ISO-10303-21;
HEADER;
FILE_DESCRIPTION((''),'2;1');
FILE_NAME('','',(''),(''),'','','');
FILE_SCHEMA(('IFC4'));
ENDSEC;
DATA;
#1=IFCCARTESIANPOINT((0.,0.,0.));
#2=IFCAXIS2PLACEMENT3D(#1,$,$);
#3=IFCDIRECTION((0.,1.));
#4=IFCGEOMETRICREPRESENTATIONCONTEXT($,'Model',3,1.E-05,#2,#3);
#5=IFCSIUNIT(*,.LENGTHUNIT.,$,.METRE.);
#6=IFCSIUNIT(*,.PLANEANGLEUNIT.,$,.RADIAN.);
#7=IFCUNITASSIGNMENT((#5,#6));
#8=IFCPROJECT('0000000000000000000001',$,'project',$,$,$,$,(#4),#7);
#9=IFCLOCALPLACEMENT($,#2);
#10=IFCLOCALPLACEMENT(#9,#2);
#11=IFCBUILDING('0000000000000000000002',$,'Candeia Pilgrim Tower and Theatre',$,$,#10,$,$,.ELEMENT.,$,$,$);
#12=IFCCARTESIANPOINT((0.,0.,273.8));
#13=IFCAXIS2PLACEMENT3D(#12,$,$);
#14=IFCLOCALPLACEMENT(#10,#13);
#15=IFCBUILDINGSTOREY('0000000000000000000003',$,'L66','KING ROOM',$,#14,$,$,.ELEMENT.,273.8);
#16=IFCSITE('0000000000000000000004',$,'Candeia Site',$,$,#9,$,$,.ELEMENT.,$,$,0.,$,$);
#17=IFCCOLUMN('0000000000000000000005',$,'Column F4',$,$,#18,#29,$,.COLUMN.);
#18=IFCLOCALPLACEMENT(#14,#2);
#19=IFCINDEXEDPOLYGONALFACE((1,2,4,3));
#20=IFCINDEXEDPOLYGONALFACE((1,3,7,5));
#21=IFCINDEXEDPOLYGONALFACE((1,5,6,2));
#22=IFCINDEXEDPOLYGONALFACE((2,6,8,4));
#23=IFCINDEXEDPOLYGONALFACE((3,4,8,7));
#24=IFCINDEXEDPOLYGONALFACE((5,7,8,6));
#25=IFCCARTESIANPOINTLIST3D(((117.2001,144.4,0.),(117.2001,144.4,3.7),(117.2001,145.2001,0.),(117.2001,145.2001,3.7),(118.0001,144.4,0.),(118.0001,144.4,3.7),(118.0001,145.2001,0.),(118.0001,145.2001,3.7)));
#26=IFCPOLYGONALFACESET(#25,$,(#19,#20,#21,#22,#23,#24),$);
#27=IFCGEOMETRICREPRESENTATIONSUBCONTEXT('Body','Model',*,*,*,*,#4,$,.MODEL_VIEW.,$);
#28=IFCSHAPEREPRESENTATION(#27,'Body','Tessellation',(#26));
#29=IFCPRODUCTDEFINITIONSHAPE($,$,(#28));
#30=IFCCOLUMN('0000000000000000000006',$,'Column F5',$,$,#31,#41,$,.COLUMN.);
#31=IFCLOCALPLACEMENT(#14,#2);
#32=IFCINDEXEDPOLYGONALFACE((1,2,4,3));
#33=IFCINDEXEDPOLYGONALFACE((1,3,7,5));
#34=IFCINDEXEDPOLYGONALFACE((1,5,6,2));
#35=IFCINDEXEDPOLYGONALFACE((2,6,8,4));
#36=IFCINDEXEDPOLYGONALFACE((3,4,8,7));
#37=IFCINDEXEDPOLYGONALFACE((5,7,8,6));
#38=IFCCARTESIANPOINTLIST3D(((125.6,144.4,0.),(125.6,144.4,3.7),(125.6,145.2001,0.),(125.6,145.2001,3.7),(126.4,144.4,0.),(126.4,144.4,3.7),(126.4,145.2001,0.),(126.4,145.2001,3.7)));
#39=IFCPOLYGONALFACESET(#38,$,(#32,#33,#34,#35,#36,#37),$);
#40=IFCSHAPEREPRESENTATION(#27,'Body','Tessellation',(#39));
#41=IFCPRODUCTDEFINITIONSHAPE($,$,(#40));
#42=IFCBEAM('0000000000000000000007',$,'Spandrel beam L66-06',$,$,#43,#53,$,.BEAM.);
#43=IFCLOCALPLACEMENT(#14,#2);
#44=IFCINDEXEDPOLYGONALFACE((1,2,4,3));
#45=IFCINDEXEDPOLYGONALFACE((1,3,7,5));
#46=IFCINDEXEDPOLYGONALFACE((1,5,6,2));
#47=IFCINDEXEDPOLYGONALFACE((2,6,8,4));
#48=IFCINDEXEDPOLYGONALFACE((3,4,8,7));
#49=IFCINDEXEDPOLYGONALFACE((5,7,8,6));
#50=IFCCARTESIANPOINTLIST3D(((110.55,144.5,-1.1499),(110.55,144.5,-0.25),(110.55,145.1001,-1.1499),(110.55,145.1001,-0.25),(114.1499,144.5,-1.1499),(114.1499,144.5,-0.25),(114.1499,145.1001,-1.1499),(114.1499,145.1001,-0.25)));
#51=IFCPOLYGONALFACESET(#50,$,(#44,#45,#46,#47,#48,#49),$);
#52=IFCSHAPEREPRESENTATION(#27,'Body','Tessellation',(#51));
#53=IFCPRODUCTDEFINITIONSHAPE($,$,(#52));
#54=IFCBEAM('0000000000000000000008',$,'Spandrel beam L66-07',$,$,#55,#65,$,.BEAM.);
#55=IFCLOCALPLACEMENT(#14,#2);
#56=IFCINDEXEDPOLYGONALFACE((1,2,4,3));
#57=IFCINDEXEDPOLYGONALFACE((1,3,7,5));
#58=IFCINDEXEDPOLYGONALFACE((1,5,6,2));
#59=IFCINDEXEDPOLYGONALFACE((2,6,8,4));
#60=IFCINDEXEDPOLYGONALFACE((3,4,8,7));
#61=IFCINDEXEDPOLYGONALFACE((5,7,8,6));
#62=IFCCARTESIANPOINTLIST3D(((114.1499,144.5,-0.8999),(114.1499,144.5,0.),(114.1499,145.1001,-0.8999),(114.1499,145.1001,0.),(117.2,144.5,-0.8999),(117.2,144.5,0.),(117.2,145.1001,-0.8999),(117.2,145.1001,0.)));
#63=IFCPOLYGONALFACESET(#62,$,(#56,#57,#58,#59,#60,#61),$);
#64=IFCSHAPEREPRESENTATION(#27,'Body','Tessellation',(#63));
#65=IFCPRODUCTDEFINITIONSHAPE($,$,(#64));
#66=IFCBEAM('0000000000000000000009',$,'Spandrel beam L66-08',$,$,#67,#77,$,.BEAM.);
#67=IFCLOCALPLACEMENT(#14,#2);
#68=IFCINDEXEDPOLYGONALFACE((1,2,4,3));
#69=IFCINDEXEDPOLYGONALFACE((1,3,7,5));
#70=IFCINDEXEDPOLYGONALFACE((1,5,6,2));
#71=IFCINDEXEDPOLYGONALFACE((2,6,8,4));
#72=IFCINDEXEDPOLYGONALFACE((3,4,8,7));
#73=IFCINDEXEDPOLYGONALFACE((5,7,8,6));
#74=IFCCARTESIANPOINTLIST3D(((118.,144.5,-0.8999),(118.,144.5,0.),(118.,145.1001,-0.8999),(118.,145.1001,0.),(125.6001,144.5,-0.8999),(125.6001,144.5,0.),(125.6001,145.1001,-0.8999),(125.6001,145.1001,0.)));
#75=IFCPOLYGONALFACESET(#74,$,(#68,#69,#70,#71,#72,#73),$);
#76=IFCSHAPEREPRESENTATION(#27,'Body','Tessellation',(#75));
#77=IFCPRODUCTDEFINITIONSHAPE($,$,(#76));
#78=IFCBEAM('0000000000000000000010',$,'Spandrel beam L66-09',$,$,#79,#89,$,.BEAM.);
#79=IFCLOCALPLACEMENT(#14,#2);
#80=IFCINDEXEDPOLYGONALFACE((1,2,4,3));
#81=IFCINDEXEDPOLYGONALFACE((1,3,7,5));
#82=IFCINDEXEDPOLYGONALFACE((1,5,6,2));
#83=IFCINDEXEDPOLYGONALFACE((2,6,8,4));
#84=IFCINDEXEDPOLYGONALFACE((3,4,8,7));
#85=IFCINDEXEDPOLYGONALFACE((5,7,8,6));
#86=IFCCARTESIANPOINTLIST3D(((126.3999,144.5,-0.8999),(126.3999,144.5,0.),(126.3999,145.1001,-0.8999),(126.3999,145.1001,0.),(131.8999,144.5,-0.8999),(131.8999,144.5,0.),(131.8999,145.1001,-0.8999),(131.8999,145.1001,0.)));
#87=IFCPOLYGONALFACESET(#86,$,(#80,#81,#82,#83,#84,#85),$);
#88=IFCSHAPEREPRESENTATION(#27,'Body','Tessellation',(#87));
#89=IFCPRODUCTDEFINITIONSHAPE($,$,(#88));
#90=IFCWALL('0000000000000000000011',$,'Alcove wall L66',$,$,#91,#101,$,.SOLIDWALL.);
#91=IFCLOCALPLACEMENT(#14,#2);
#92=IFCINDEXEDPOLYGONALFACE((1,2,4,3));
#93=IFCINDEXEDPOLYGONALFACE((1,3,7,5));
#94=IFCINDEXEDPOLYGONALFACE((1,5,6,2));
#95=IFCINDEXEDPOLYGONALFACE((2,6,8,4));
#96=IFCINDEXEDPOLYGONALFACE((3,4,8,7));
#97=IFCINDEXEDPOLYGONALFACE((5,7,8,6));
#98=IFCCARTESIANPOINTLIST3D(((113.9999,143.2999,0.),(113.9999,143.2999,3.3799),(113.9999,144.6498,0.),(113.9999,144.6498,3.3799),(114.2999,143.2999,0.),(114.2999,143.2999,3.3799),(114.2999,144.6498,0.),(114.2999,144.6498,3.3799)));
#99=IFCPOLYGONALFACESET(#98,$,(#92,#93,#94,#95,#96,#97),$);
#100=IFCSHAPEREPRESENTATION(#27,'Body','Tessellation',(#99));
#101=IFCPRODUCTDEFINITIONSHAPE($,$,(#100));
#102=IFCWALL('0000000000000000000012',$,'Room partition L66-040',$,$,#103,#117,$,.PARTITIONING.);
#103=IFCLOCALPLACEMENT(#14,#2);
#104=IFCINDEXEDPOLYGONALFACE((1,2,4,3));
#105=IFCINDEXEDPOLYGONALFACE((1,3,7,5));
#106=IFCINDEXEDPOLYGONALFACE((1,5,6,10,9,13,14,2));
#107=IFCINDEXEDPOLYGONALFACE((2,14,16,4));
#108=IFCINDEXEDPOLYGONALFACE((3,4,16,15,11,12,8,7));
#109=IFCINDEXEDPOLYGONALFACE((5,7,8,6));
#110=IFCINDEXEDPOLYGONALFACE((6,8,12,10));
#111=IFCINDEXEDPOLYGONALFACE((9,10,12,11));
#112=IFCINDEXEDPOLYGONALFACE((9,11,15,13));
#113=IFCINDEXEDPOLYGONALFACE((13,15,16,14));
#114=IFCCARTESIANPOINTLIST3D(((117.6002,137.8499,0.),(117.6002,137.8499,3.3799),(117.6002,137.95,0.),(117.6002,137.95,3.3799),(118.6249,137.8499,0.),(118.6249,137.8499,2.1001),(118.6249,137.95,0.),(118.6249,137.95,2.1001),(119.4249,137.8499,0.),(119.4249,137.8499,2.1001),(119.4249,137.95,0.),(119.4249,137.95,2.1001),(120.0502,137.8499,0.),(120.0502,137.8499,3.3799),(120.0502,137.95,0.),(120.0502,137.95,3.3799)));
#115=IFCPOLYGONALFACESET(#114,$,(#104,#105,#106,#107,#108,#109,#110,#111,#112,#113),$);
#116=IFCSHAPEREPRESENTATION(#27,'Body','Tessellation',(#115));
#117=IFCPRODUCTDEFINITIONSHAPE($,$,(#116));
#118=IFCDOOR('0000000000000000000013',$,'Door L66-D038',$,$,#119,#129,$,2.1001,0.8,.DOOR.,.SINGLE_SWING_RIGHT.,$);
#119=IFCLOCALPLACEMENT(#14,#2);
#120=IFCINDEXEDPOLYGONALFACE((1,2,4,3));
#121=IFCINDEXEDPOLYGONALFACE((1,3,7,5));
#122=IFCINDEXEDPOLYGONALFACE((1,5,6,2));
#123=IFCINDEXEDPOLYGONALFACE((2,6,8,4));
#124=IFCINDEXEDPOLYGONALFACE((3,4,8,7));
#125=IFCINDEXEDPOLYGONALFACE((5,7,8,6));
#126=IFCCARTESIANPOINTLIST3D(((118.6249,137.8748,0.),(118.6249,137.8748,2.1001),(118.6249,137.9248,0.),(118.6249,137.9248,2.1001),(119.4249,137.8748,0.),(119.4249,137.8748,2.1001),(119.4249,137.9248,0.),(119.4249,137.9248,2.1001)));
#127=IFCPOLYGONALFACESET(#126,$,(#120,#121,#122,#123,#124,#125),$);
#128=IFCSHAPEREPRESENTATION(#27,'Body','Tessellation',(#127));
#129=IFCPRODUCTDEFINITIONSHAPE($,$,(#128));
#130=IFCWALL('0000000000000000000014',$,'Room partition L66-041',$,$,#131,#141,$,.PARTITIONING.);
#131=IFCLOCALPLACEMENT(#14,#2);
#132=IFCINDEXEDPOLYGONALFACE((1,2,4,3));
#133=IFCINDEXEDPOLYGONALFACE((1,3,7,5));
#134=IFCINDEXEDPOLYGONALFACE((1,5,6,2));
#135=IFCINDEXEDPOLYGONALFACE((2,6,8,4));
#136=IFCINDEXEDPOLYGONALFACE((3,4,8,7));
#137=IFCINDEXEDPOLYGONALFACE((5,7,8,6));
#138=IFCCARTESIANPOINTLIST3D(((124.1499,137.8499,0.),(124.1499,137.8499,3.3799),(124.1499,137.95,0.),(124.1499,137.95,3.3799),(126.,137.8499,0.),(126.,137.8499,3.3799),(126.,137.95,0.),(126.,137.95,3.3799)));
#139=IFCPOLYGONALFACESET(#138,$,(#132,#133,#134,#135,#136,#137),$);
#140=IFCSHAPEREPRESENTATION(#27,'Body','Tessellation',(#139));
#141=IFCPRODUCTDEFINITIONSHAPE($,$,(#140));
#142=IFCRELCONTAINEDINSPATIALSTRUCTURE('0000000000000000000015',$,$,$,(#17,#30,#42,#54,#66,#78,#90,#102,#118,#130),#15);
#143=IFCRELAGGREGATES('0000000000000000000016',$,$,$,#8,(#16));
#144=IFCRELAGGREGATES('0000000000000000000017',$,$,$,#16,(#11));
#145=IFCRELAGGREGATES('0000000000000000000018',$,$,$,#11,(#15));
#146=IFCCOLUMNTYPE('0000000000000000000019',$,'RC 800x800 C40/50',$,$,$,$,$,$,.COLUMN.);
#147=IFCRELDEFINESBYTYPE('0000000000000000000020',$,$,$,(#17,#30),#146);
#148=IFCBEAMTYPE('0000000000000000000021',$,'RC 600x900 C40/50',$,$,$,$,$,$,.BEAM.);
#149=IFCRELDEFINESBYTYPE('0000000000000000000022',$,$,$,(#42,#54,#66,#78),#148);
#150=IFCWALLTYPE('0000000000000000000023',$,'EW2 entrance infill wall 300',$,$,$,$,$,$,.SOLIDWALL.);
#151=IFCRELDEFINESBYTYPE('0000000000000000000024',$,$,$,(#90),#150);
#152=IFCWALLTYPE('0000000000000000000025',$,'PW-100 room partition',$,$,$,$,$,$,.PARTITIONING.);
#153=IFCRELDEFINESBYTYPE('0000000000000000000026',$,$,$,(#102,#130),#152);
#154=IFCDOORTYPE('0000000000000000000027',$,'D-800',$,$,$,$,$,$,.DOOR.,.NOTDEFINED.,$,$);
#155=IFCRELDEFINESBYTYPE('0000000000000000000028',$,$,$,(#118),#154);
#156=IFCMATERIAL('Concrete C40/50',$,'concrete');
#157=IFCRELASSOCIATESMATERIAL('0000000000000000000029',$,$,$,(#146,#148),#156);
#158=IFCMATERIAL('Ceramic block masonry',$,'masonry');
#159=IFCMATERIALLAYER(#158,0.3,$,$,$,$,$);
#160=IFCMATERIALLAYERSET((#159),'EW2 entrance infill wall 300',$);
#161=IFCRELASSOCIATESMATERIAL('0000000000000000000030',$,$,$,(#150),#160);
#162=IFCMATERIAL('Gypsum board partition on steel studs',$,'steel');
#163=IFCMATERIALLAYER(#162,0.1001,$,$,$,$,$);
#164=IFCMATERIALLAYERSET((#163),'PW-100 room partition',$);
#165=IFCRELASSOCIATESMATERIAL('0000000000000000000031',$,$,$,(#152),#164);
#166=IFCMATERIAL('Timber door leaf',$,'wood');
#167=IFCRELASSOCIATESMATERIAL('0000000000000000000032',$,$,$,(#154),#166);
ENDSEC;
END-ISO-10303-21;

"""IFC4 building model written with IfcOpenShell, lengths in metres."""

from ifc_helpers import new_model, si_unit, direction, frame, frame_2d, origin, origin_2d, place, context, subcontext, project, spatial, rectangle, extrude, material, layer, layer_set, material_profile, profile_set, type_object, element, fill, save


model = new_model("IFC4")

# Units and contexts
model_context = context("Model", 3, precision=1e-05, world=origin(), true_north=direction((0.0, 1.0)))
body_context = subcontext(model_context, "Body", "Model", "MODEL_VIEW")
ifc_project = project(units=[si_unit("LENGTHUNIT", "METRE"), si_unit("PLANEANGLEUNIT", "RADIAN")], contexts=[model_context])

# Site, building, storey
site_placement = place(None, origin())
site = spatial("IfcSite", under=ifc_project, at=site_placement, Name="Candeia Site", CompositionType="ELEMENT", RefElevation=0.0)
building_placement = place(site_placement, origin())
building = spatial("IfcBuilding", under=site, at=building_placement, Name="Candeia Pilgrim Tower and Theatre", CompositionType="ELEMENT")
storey_placement = place(building_placement, frame((0.0, 0.0, 273.8)))
storey = spatial("IfcBuildingStorey", under=building, at=storey_placement, Name="L66", Description="KING ROOM", CompositionType="ELEMENT", Elevation=273.8)

# Columns
ifc_material_1 = material(Name="Concrete C40/50", Category="concrete")
ifc_material_profile_1 = material_profile(ifc_material_1, rectangle(XDim=0.8, YDim=0.8, at=origin_2d()))
ifc_profile_set_1 = profile_set([ifc_material_profile_1], Name="Concrete C40/50")
column_type = type_object("IfcColumnType", Name="RC 800x800 C40/50", PredefinedType="COLUMN", material=ifc_profile_set_1)
for number, where, z_axis, x_axis, name in (
    (1, (117.6001, 144.8, 0.0), (0.0, 0.0, 1.0), (1.0, 0.0, 0.0), "Column F4"),
    (2, (126.0, 144.8, 0.0), (0.0, 0.0, 1.0), (1.0, 0.0, 0.0), "Column F5"),
):
    element("IfcColumn", number, at=place(storey_placement, frame(where, z_axis=z_axis, x_axis=x_axis)), inside=storey, type_object=column_type, Name=name, PredefinedType="COLUMN", context=body_context, shape_type="SweptSolid", body=[
        extrude(rectangle(XDim=0.8, YDim=0.8, at=origin_2d()), origin(), (0.0, 0.0, 1.0), 3.7),
    ])

# Beams
ifc_material_profile_2 = material_profile(ifc_material_1, rectangle(XDim=0.6001, YDim=0.8999, at=origin_2d()))
ifc_profile_set_2 = profile_set([ifc_material_profile_2], Name="Concrete C40/50")
beam_type = type_object("IfcBeamType", Name="RC 600x900 C40/50", PredefinedType="BEAM", material=ifc_profile_set_2)
beam_1_placement = place(storey_placement, frame((110.55, 144.8, -0.7), z_axis=(1.0, 0.0, 0.0), x_axis=(0.0, 1.0, 0.0)))
element("IfcBeam", 3, at=beam_1_placement, inside=storey, type_object=beam_type, Name="Spandrel beam L66-06", PredefinedType="BEAM", context=body_context, shape_type="SweptSolid", body=[
    extrude(rectangle(XDim=0.6001, YDim=0.8999, at=origin_2d()), origin(), (0.0, 0.0, 1.0), 3.5999),
])
beam_2_placement = place(storey_placement, frame((114.1499, 144.8, -0.45), z_axis=(1.0, 0.0, 0.0), x_axis=(0.0, 1.0, 0.0)))
element("IfcBeam", 4, at=beam_2_placement, inside=storey, type_object=beam_type, Name="Spandrel beam L66-07", PredefinedType="BEAM", context=body_context, shape_type="SweptSolid", body=[
    extrude(rectangle(XDim=0.6001, YDim=0.8999, at=origin_2d()), origin(), (0.0, 0.0, 1.0), 3.05),
])
beam_3_placement = place(storey_placement, frame((118.0, 144.8, -0.45), z_axis=(1.0, 0.0, 0.0), x_axis=(0.0, 1.0, 0.0)))
element("IfcBeam", 5, at=beam_3_placement, inside=storey, type_object=beam_type, Name="Spandrel beam L66-08", PredefinedType="BEAM", context=body_context, shape_type="SweptSolid", body=[
    extrude(rectangle(XDim=0.6001, YDim=0.8999, at=origin_2d()), origin(), (0.0, 0.0, 1.0), 7.6001),
])
beam_4_placement = place(storey_placement, frame((126.3999, 144.8, -0.45), z_axis=(1.0, 0.0, 0.0), x_axis=(0.0, 1.0, 0.0)))
element("IfcBeam", 6, at=beam_4_placement, inside=storey, type_object=beam_type, Name="Spandrel beam L66-09", PredefinedType="BEAM", context=body_context, shape_type="SweptSolid", body=[
    extrude(rectangle(XDim=0.6001, YDim=0.8999, at=origin_2d()), origin(), (0.0, 0.0, 1.0), 5.5),
])

# Wall
ifc_material_2 = material(Name="Ceramic block masonry", Category="masonry")
ifc_layer_1 = layer(ifc_material_2, 0.3)
ifc_layer_set_1 = layer_set([ifc_layer_1], Name="EW2 entrance infill wall 300")
wall_type_1 = type_object("IfcWallType", Name="EW2 entrance infill wall 300", PredefinedType="SOLIDWALL", material=ifc_layer_set_1)
wall_1_placement = place(storey_placement, frame((114.1499, 143.3, 0.0), z_axis=(0.0, 0.0, 1.0), x_axis=(0.0, 1.0, 0.0)))
element("IfcWall", 7, at=wall_1_placement, inside=storey, type_object=wall_type_1, Name="Alcove wall L66", PredefinedType="SOLIDWALL", context=body_context, shape_type="SweptSolid", body=[
    extrude(rectangle(XDim=1.3499, YDim=0.3, at=frame_2d((0.6748, 0.0))), origin(), (0.0, 0.0, 1.0), 3.3799),
])

# Wall, opening, door
ifc_material_3 = material(Name="Gypsum board partition on steel studs", Category="steel")
ifc_layer_2 = layer(ifc_material_3, 0.1001)
ifc_layer_set_2 = layer_set([ifc_layer_2], Name="PW-100 room partition")
wall_type_2 = type_object("IfcWallType", Name="PW-100 room partition", PredefinedType="PARTITIONING", material=ifc_layer_set_2)
wall_2_placement = place(storey_placement, frame((117.6001, 137.8999, 0.0), z_axis=(0.0, 0.0, 1.0), x_axis=(1.0, 0.0, 0.0)))
wall_2 = element("IfcWall", 8, at=wall_2_placement, inside=storey, type_object=wall_type_2, Name="Room partition L66-040", PredefinedType="PARTITIONING", context=body_context, shape_type="SweptSolid", body=[
    extrude(rectangle(XDim=2.45, YDim=0.1001, at=frame_2d((1.2251, 0.0))), origin(), (0.0, 0.0, 1.0), 3.3799),
])
opening_1_placement = place(wall_2_placement, frame((1.0249, 0.0, 0.0)))
opening_1 = element("IfcOpeningElement", 9, at=opening_1_placement, cuts=wall_2, PredefinedType="OPENING", context=body_context, shape_type="SweptSolid", body=[
    extrude(rectangle(XDim=0.8, YDim=2.1001, at=frame_2d((0.3999, 1.05))), frame((0.0, 0.0601, 0.0), z_axis=(0.0, -1.0, 0.0), x_axis=(1.0, 0.0, 0.0)), (0.0, 0.0, 1.0), 0.1201),
])
ifc_material_4 = material(Name="Timber door leaf", Category="wood")
door_type_1 = type_object("IfcDoorType", Name="D-800", OperationType="NOTDEFINED", PredefinedType="DOOR", material=ifc_material_4)
door_1_placement = place(opening_1_placement, origin())
door_1 = element("IfcDoor", 10, at=door_1_placement, inside=storey, type_object=door_type_1, Name="Door L66-D038", OperationType="SINGLE_SWING_RIGHT", OverallHeight=2.1001, OverallWidth=0.8, PredefinedType="DOOR", context=body_context, shape_type="SweptSolid", body=[
    extrude(rectangle(XDim=0.8, YDim=2.1001, at=frame_2d((0.3999, 1.05))), frame((0.0, 0.0249, 0.0), z_axis=(0.0, -1.0, 0.0), x_axis=(1.0, 0.0, 0.0)), (0.0, 0.0, 1.0), 0.05),
])
fill(opening_1, door_1)

# Wall
wall_3_placement = place(storey_placement, frame((124.1499, 137.8999, 0.0), z_axis=(0.0, 0.0, 1.0), x_axis=(1.0, 0.0, 0.0)))
element("IfcWall", 11, at=wall_3_placement, inside=storey, type_object=wall_type_2, Name="Room partition L66-041", PredefinedType="PARTITIONING", context=body_context, shape_type="SweptSolid", body=[
    extrude(rectangle(XDim=1.8501, YDim=0.1001, at=frame_2d((0.925, 0.0))), origin(), (0.0, 0.0, 1.0), 3.3799),
])

save(model, "model.ifc")
